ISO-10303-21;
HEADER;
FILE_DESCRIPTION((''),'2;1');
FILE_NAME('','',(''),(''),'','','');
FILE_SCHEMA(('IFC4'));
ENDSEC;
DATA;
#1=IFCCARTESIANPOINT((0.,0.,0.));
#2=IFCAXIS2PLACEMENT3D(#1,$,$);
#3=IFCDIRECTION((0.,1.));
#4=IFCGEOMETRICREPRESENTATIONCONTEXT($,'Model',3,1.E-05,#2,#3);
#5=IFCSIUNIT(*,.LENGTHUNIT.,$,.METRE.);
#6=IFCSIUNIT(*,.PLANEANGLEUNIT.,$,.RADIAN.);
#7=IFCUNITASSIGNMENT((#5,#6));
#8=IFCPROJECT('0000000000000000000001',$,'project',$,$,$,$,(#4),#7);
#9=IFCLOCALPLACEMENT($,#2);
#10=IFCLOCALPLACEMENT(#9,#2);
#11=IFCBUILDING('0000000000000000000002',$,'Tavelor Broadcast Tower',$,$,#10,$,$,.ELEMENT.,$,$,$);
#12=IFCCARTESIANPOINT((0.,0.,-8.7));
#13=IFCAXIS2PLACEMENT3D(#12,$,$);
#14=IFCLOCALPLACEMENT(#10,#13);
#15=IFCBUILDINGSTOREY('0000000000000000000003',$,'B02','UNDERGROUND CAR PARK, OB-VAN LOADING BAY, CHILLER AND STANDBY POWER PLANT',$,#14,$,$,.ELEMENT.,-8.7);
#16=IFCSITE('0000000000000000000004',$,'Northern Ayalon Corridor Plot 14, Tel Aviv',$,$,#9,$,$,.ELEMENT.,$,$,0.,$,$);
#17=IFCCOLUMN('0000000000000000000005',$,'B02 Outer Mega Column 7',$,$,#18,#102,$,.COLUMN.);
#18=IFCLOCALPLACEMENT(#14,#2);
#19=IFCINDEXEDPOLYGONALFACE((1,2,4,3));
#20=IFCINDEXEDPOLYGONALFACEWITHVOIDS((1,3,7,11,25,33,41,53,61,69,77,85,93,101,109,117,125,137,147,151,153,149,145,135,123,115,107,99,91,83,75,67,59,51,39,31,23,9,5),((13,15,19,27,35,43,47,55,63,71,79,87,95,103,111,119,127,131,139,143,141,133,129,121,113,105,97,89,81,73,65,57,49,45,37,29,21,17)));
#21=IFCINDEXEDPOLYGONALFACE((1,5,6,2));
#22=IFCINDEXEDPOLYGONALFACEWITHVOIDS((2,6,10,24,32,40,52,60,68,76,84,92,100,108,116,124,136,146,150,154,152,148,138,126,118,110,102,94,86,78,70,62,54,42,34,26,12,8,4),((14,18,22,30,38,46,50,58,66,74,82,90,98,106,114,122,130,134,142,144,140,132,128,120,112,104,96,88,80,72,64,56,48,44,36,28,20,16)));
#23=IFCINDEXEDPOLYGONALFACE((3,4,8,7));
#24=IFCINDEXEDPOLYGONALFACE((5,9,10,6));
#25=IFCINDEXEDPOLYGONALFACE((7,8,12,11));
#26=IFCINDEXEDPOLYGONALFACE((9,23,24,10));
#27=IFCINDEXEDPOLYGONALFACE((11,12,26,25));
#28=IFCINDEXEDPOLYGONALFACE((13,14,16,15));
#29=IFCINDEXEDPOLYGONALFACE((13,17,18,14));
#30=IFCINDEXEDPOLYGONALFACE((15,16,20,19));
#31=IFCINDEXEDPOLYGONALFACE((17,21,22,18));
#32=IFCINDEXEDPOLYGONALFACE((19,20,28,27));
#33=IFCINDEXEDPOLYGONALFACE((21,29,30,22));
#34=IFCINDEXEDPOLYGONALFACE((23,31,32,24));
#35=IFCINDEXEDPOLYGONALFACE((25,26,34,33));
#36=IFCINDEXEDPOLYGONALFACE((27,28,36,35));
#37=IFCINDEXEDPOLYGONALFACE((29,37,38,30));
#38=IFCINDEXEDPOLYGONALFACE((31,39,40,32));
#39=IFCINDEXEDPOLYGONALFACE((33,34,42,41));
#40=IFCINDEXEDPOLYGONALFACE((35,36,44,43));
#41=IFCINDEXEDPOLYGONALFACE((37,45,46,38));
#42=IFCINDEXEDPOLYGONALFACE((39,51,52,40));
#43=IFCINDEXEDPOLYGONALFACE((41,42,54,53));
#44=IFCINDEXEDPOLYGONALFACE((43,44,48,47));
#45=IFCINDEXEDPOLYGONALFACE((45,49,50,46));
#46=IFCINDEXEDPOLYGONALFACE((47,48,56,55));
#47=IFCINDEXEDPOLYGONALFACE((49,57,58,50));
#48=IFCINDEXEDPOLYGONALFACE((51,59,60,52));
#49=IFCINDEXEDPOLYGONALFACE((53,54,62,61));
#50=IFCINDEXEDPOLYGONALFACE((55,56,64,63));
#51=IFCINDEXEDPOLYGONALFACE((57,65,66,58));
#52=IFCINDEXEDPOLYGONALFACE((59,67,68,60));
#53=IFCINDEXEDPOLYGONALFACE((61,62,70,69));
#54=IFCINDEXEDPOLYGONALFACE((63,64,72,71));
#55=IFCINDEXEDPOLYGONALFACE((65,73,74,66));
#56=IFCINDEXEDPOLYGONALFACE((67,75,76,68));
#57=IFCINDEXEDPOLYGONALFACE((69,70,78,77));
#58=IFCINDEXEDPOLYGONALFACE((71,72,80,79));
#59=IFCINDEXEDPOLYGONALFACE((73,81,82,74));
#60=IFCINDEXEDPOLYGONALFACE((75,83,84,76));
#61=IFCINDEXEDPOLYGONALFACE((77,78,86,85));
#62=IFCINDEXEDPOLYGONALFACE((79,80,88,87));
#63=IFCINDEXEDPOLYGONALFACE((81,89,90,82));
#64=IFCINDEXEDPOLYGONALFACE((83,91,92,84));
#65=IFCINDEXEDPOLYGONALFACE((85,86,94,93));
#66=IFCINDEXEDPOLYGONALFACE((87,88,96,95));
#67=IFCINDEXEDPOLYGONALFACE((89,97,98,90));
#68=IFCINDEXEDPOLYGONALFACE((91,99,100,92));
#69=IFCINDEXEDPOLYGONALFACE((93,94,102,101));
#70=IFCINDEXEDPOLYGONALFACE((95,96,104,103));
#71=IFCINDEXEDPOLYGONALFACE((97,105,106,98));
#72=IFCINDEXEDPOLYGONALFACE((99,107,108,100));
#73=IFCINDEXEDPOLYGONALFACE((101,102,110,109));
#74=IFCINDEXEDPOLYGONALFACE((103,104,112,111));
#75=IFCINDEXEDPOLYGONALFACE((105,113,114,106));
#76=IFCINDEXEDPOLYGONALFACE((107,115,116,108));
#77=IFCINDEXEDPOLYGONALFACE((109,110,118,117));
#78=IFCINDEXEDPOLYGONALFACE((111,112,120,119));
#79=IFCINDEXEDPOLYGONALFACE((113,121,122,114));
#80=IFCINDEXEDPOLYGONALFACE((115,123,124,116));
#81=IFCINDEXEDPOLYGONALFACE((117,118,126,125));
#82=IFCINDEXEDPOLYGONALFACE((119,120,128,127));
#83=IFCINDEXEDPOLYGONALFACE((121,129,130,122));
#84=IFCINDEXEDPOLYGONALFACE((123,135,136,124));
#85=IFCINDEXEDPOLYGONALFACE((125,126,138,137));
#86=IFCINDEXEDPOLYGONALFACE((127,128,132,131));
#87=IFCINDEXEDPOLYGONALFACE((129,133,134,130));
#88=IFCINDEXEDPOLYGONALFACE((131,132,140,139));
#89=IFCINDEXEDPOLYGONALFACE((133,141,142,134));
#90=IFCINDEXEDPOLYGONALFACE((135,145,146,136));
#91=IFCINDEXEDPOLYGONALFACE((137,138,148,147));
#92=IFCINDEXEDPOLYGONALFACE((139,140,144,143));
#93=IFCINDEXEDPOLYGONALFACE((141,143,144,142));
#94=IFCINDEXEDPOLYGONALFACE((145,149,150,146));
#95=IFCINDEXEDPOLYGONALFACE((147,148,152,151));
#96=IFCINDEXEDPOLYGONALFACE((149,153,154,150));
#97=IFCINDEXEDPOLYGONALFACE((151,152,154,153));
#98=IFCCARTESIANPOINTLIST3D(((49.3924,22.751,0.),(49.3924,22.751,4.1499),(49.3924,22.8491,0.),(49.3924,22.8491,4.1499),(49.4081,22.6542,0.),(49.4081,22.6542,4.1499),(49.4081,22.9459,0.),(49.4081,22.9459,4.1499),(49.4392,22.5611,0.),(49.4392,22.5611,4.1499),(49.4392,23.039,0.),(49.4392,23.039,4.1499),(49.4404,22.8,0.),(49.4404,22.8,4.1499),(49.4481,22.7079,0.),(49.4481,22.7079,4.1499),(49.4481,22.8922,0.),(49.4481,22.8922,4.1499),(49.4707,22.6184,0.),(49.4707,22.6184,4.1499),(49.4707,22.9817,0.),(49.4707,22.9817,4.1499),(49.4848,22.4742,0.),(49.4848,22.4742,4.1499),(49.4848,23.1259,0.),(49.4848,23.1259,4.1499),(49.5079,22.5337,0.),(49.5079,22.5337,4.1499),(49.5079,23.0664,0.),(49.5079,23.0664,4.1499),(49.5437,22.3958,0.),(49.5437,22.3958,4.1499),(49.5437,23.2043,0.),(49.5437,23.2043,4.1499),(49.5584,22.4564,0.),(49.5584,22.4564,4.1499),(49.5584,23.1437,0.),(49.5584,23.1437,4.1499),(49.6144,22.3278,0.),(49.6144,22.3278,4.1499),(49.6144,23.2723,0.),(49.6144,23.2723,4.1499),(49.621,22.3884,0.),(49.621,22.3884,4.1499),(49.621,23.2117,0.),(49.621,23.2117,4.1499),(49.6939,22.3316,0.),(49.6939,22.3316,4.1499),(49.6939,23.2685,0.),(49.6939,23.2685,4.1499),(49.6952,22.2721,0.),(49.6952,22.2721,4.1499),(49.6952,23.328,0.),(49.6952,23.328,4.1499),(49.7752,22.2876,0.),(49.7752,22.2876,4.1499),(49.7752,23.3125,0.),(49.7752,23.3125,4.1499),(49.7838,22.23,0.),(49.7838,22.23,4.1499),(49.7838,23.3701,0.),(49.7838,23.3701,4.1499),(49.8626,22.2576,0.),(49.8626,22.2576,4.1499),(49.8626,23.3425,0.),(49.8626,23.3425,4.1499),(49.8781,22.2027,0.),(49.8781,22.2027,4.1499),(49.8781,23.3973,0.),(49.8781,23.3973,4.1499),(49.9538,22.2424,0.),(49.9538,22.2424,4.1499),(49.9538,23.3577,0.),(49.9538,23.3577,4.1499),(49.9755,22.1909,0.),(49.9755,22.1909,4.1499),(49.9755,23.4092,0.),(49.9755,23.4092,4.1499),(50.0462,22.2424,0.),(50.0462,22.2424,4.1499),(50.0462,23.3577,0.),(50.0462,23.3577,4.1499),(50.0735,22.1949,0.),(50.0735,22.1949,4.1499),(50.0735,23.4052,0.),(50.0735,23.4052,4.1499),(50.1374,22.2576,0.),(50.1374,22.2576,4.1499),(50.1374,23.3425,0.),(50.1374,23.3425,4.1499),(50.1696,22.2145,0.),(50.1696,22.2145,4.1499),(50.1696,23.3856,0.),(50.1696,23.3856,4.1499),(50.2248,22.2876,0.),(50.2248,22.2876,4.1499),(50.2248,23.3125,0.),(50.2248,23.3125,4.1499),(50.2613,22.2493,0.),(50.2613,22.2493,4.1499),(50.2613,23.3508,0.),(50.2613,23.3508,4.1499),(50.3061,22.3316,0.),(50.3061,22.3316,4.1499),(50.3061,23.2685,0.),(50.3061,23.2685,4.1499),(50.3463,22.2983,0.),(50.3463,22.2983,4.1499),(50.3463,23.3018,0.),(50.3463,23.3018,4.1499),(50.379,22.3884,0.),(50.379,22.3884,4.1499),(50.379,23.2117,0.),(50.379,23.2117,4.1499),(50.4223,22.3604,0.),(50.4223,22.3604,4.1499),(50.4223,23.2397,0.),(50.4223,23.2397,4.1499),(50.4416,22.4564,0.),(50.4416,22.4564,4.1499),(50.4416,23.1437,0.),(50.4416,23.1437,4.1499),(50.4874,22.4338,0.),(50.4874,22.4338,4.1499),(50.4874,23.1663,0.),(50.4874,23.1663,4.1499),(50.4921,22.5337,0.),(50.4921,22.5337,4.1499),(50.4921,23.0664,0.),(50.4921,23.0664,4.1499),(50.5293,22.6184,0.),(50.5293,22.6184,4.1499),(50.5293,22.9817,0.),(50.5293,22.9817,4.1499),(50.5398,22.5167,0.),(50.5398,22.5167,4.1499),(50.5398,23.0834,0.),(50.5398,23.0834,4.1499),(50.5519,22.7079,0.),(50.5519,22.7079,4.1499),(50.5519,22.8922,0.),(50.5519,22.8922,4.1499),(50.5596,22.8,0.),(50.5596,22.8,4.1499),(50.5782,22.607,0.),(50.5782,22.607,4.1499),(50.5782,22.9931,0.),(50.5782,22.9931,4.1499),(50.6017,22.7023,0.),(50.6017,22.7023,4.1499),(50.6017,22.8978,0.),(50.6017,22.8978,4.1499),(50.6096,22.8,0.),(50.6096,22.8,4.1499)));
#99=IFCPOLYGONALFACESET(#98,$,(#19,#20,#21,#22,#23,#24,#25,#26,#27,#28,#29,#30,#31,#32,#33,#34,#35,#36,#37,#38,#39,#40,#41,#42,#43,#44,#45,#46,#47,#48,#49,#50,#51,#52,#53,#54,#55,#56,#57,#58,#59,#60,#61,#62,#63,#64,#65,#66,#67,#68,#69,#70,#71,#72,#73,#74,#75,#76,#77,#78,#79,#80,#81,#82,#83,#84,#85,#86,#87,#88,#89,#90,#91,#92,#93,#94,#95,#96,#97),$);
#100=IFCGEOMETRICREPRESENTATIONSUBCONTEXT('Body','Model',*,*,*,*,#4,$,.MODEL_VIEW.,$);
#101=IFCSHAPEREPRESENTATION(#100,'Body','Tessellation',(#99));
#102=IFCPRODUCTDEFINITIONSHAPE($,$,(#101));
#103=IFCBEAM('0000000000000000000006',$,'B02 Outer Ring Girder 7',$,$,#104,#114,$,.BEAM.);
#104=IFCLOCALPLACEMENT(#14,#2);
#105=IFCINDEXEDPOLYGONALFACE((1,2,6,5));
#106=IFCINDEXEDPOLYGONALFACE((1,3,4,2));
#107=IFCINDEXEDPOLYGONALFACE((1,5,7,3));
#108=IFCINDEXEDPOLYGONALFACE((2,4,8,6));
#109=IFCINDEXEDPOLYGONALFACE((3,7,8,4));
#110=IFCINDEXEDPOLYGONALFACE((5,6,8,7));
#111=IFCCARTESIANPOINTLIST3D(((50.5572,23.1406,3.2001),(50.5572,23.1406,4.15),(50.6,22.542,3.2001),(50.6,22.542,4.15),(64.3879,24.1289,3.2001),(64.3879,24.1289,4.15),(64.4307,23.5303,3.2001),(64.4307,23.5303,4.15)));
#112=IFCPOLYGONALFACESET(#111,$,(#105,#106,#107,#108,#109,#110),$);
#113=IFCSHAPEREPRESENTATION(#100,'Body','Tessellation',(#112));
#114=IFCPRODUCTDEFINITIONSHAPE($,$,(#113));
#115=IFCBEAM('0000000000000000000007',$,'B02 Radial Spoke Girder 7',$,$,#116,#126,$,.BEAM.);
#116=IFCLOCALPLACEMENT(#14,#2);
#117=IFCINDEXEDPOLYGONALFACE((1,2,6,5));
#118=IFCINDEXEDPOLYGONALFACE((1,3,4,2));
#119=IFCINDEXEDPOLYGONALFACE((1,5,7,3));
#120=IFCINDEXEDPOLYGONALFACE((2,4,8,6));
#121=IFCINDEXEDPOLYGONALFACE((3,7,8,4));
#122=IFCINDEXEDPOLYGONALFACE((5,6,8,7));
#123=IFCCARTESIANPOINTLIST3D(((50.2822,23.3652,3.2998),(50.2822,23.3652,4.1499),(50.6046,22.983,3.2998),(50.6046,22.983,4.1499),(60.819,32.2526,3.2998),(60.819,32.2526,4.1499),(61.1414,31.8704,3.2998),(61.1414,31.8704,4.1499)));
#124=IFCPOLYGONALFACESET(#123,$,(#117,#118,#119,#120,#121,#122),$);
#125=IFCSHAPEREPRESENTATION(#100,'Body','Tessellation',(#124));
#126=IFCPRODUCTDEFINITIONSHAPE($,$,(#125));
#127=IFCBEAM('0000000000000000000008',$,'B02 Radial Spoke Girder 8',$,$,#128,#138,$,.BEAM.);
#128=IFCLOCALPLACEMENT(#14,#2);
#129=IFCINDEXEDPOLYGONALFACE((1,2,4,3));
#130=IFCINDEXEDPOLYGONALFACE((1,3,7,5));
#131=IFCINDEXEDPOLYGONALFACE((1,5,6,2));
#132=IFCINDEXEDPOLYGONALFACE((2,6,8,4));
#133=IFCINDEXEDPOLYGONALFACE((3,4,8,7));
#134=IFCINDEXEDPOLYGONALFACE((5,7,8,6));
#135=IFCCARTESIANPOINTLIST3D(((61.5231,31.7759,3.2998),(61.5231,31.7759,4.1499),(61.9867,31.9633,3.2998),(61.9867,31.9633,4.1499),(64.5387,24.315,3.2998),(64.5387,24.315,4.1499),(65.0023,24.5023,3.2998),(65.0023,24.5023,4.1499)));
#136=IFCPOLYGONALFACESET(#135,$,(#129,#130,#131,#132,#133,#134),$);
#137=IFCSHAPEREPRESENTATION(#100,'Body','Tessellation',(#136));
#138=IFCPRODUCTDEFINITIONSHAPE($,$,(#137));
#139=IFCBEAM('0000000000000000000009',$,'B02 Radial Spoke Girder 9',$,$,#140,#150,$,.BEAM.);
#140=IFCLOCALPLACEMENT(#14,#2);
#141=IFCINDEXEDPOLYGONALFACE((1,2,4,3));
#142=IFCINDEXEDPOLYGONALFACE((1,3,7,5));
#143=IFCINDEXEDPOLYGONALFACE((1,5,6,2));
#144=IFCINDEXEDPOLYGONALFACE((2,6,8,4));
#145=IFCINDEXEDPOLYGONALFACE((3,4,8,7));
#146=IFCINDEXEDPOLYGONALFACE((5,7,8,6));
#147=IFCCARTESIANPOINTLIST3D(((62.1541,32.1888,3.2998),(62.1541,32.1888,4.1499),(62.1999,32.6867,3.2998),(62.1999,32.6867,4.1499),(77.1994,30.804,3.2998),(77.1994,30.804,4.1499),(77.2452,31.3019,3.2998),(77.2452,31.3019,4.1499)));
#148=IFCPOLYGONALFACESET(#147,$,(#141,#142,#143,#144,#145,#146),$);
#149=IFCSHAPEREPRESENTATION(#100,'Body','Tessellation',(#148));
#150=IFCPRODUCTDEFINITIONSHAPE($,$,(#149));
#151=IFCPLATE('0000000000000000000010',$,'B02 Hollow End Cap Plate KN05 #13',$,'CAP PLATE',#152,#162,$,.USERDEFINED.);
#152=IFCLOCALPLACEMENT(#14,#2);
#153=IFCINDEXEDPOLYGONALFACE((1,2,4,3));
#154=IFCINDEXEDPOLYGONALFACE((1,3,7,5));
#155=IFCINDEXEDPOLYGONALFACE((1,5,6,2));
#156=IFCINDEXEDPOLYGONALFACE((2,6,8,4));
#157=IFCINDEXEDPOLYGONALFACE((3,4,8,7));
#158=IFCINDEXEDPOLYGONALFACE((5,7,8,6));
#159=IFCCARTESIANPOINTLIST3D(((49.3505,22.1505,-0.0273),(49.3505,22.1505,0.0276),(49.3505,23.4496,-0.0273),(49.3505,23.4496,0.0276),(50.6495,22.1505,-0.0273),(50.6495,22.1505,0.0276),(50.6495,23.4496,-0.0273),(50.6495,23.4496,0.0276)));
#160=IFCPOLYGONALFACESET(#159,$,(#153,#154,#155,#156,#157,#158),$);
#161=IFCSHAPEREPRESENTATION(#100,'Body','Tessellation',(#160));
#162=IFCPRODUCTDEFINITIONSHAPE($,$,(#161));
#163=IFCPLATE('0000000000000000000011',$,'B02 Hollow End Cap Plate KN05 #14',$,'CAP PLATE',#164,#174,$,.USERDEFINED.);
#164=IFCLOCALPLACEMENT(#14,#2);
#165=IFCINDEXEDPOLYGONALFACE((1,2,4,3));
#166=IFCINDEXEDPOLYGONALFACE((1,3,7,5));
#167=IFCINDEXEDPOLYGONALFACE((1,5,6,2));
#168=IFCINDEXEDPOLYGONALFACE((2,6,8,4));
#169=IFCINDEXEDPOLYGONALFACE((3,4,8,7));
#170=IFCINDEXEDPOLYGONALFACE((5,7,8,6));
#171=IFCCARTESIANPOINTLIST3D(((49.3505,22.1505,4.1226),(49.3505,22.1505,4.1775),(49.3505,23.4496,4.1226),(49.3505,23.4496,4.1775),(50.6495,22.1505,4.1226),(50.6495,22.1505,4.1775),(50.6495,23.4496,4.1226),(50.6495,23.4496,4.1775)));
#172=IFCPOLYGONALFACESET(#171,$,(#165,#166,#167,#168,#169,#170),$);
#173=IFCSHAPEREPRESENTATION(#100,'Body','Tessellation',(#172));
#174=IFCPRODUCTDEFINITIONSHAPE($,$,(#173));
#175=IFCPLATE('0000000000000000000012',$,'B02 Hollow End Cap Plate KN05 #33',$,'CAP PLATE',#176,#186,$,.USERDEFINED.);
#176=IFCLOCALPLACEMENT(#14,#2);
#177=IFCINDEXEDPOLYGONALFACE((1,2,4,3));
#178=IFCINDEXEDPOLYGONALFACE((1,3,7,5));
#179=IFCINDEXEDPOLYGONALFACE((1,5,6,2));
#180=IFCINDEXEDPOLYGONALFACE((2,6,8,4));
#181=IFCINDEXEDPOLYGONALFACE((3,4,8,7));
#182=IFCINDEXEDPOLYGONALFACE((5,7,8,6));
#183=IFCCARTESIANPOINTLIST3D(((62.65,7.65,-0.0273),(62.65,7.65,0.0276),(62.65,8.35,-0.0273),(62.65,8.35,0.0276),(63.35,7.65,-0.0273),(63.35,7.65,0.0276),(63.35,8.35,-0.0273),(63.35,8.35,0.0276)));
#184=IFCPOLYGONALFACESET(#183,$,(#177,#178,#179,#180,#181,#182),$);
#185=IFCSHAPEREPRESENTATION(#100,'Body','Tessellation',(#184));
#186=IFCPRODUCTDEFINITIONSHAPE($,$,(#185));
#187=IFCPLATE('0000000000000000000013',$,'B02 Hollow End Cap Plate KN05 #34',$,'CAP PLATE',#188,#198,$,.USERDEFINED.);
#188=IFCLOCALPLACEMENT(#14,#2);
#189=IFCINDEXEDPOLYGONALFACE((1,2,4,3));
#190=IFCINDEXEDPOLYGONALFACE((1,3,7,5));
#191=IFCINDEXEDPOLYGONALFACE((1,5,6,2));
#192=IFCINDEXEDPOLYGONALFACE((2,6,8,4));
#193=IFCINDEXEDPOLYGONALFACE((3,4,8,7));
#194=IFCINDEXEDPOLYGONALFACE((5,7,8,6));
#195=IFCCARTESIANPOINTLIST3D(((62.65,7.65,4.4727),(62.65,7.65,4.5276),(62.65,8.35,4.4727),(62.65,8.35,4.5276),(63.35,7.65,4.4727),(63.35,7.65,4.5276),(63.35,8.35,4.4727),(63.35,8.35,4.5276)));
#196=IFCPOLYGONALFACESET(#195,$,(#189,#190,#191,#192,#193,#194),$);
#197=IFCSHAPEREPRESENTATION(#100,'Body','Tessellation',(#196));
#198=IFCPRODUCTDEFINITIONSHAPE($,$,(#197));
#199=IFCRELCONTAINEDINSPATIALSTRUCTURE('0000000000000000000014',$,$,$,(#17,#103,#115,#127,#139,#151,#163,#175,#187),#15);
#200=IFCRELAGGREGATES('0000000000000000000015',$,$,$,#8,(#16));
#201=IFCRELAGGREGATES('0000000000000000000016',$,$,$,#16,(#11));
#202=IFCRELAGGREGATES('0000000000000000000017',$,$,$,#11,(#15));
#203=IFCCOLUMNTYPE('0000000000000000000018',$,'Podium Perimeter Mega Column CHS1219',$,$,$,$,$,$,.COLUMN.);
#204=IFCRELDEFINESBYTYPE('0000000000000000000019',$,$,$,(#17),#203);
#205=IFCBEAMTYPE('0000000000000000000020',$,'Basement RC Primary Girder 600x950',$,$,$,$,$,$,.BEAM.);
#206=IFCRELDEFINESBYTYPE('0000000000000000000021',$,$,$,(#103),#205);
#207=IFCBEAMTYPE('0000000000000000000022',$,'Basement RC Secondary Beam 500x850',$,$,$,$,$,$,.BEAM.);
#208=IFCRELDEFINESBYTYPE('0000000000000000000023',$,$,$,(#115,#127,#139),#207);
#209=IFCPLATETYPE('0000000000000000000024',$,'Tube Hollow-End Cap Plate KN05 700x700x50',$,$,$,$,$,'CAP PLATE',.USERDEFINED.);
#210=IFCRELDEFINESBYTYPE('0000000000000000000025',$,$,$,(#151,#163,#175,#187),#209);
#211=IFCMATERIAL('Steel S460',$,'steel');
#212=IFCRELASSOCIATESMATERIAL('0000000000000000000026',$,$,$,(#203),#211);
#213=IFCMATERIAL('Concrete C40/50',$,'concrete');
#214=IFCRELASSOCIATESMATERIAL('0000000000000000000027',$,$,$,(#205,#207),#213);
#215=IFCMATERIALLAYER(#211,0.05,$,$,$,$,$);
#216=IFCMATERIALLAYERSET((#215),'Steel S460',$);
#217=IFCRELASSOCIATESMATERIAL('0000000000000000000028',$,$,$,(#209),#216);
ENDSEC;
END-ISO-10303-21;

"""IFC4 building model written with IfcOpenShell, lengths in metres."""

from ifc_helpers import new_model, si_unit, direction, frame, origin, origin_2d, place, context, subcontext, project, spatial, rectangle, hollow_circle, extrude, source, transform, mapped, material, layer, layer_set, material_profile, profile_set, type_object, type_shapes, element, save


model = new_model("IFC4")

# Units and contexts
model_context = context("Model", 3, precision=1e-05, world=origin(), true_north=direction((0.0, 1.0)))
body_context = subcontext(model_context, "Body", "Model", "MODEL_VIEW")
ifc_project = project(units=[si_unit("LENGTHUNIT", "METRE"), si_unit("PLANEANGLEUNIT", "RADIAN")], contexts=[model_context])

# Site, building, storey
site_placement = place(None, origin())
site = spatial("IfcSite", under=ifc_project, at=site_placement, Name="Northern Ayalon Corridor Plot 14, Tel Aviv", CompositionType="ELEMENT", RefElevation=0.0)
building_placement = place(site_placement, origin())
building = spatial("IfcBuilding", under=site, at=building_placement, Name="Tavelor Broadcast Tower", CompositionType="ELEMENT")
storey_placement = place(building_placement, frame((0.0, 0.0, -8.7)))
storey = spatial("IfcBuildingStorey", under=building, at=storey_placement, Name="B02", Description="UNDERGROUND CAR PARK, OB-VAN LOADING BAY, CHILLER AND STANDBY POWER PLANT", CompositionType="ELEMENT", Elevation=-8.7)

# Shared definitions
ifc_material_1 = material(Name="Concrete C40/50", Category="concrete")

# Column
ifc_material_2 = material(Name="Steel S460", Category="steel")
ifc_material_profile_1 = material_profile(ifc_material_2, hollow_circle(Radius=0.6096, WallThickness=0.05, at=origin_2d()), Name="CHS 1219x50")
ifc_profile_set_1 = profile_set([ifc_material_profile_1], Name="Steel S460")
column_type_1 = type_object("IfcColumnType", Name="Podium Perimeter Mega Column CHS1219", PredefinedType="COLUMN", material=ifc_profile_set_1)
column_1_placement = place(storey_placement, frame((50.0, 22.8, 0.0), z_axis=(0.0, 0.0, 1.0), x_axis=(1.0, 0.0, 0.0)))
element("IfcColumn", 1, at=column_1_placement, inside=storey, type_object=column_type_1, Name="B02 Outer Mega Column 7", PredefinedType="COLUMN", context=body_context, shape_type="SweptSolid", body=[
    extrude(hollow_circle(Radius=0.6096, WallThickness=0.05, at=origin_2d()), origin(), (0.0, 0.0, 1.0), 4.1499),
])

# Beams
ifc_material_profile_2 = material_profile(ifc_material_1, rectangle(XDim=0.6001, YDim=0.95, at=origin_2d()), Name="RC 600x950")
ifc_profile_set_2 = profile_set([ifc_material_profile_2], Name="Concrete C40/50")
beam_type_1 = type_object("IfcBeamType", Name="Basement RC Primary Girder 600x950", PredefinedType="BEAM", material=ifc_profile_set_2)
beam_1_placement = place(storey_placement, frame((50.5786, 22.8413, 3.675), z_axis=(0.997457, 0.071273, 0.0), x_axis=(-0.071273, 0.997457, 0.0)))
element("IfcBeam", 2, at=beam_1_placement, inside=storey, type_object=beam_type_1, Name="B02 Outer Ring Girder 7", PredefinedType="BEAM", context=body_context, shape_type="SweptSolid", body=[
    extrude(rectangle(XDim=0.6001, YDim=0.95, at=origin_2d()), origin(), (0.0, 0.0, 1.0), 13.866),
])
ifc_material_profile_3 = material_profile(ifc_material_1, rectangle(XDim=0.5, YDim=0.8501, at=origin_2d()), Name="RC 500x850")
ifc_profile_set_3 = profile_set([ifc_material_profile_3], Name="Concrete C40/50")
beam_type_2 = type_object("IfcBeamType", Name="Basement RC Secondary Beam 500x850", PredefinedType="BEAM", material=ifc_profile_set_3)
beam_2_placement = place(storey_placement, frame((60.9802, 32.0615, 3.7249), z_axis=(-0.7644, -0.644743, 0.0), x_axis=(0.644743, -0.7644, 0.0)))
element("IfcBeam", 3, at=beam_2_placement, inside=storey, type_object=beam_type_2, Name="B02 Radial Spoke Girder 7", PredefinedType="BEAM", context=body_context, shape_type="SweptSolid", body=[
    extrude(rectangle(XDim=0.5, YDim=0.8501, at=origin_2d()), origin(), (0.0, 0.0, 1.0), 13.7844),
])
beam_3_placement = place(storey_placement, frame((61.7549, 31.8696, 3.7249), z_axis=(0.374736, -0.927132, 0.0), x_axis=(0.927132, 0.374736, 0.0)))
element("IfcBeam", 4, at=beam_3_placement, inside=storey, type_object=beam_type_2, Name="B02 Radial Spoke Girder 8", PredefinedType="BEAM", context=body_context, shape_type="SweptSolid", body=[
    extrude(rectangle(XDim=0.5, YDim=0.8501, at=origin_2d()), origin(), (0.0, 0.0, 1.0), 8.0474),
])
beam_4_placement = place(storey_placement, frame((62.177, 32.4377, 3.7249), z_axis=(0.995791, -0.091652, 0.0), x_axis=(0.091652, 0.995791, 0.0)))
element("IfcBeam", 5, at=beam_4_placement, inside=storey, type_object=beam_type_2, Name="B02 Radial Spoke Girder 9", PredefinedType="BEAM", context=body_context, shape_type="SweptSolid", body=[
    extrude(rectangle(XDim=0.5, YDim=0.8501, at=origin_2d()), origin(), (0.0, 0.0, 1.0), 15.1089),
])

# Plates
ifc_layer_1 = layer(ifc_material_2, 0.05)
ifc_layer_set_1 = layer_set([ifc_layer_1], Name="Steel S460")
plate_type = type_object("IfcPlateType", Name="Tube Hollow-End Cap Plate KN05 700x700x50", ElementType="CAP PLATE", PredefinedType="USERDEFINED", material=ifc_layer_set_1)
shared_shape_1 = source(origin(), body_context, "Body", "SweptSolid", [
    extrude(rectangle(XDim=1.2991, YDim=1.2991, at=origin_2d()), origin(), (0.0, 0.0, 1.0), 0.0549),
])
for number, where, z_axis, x_axis, name in (
    (6, (50.0, 22.8, -0.0273), (0.0, 0.0, 1.0), (1.0, 0.0, 0.0), "B02 Hollow End Cap Plate KN05 #13"),
    (7, (50.0, 22.8, 4.1226), (0.0, 0.0, 1.0), (1.0, 0.0, 0.0), "B02 Hollow End Cap Plate KN05 #14"),
):
    element("IfcPlate", number, at=place(storey_placement, frame(where, z_axis=z_axis, x_axis=x_axis)), inside=storey, type_object=plate_type, Name=name, ObjectType="CAP PLATE", PredefinedType="USERDEFINED", context=body_context, shape_type="MappedRepresentation", body=[
        mapped(shared_shape_1, transform((0.0, 0.0, 0.0), scale=1.0)),
    ])
shared_shape_2 = source(origin(), body_context, "Body", "SweptSolid", [
    extrude(rectangle(XDim=0.7, YDim=0.7, at=origin_2d()), origin(), (0.0, 0.0, 1.0), 0.0549),
])
type_shapes(plate_type, [shared_shape_1, shared_shape_2])
for number, where, z_axis, x_axis, name in (
    (8, (63.0, 8.0, -0.0273), (0.0, 0.0, 1.0), (1.0, 0.0, 0.0), "B02 Hollow End Cap Plate KN05 #33"),
    (9, (63.0, 8.0, 4.4727), (0.0, 0.0, 1.0), (1.0, 0.0, 0.0), "B02 Hollow End Cap Plate KN05 #34"),
):
    element("IfcPlate", number, at=place(storey_placement, frame(where, z_axis=z_axis, x_axis=x_axis)), inside=storey, type_object=plate_type, Name=name, ObjectType="CAP PLATE", PredefinedType="USERDEFINED", context=body_context, shape_type="MappedRepresentation", body=[
        mapped(shared_shape_2, transform((0.0, 0.0, 0.0), scale=1.0)),
    ])

save(model, "model.ifc")
